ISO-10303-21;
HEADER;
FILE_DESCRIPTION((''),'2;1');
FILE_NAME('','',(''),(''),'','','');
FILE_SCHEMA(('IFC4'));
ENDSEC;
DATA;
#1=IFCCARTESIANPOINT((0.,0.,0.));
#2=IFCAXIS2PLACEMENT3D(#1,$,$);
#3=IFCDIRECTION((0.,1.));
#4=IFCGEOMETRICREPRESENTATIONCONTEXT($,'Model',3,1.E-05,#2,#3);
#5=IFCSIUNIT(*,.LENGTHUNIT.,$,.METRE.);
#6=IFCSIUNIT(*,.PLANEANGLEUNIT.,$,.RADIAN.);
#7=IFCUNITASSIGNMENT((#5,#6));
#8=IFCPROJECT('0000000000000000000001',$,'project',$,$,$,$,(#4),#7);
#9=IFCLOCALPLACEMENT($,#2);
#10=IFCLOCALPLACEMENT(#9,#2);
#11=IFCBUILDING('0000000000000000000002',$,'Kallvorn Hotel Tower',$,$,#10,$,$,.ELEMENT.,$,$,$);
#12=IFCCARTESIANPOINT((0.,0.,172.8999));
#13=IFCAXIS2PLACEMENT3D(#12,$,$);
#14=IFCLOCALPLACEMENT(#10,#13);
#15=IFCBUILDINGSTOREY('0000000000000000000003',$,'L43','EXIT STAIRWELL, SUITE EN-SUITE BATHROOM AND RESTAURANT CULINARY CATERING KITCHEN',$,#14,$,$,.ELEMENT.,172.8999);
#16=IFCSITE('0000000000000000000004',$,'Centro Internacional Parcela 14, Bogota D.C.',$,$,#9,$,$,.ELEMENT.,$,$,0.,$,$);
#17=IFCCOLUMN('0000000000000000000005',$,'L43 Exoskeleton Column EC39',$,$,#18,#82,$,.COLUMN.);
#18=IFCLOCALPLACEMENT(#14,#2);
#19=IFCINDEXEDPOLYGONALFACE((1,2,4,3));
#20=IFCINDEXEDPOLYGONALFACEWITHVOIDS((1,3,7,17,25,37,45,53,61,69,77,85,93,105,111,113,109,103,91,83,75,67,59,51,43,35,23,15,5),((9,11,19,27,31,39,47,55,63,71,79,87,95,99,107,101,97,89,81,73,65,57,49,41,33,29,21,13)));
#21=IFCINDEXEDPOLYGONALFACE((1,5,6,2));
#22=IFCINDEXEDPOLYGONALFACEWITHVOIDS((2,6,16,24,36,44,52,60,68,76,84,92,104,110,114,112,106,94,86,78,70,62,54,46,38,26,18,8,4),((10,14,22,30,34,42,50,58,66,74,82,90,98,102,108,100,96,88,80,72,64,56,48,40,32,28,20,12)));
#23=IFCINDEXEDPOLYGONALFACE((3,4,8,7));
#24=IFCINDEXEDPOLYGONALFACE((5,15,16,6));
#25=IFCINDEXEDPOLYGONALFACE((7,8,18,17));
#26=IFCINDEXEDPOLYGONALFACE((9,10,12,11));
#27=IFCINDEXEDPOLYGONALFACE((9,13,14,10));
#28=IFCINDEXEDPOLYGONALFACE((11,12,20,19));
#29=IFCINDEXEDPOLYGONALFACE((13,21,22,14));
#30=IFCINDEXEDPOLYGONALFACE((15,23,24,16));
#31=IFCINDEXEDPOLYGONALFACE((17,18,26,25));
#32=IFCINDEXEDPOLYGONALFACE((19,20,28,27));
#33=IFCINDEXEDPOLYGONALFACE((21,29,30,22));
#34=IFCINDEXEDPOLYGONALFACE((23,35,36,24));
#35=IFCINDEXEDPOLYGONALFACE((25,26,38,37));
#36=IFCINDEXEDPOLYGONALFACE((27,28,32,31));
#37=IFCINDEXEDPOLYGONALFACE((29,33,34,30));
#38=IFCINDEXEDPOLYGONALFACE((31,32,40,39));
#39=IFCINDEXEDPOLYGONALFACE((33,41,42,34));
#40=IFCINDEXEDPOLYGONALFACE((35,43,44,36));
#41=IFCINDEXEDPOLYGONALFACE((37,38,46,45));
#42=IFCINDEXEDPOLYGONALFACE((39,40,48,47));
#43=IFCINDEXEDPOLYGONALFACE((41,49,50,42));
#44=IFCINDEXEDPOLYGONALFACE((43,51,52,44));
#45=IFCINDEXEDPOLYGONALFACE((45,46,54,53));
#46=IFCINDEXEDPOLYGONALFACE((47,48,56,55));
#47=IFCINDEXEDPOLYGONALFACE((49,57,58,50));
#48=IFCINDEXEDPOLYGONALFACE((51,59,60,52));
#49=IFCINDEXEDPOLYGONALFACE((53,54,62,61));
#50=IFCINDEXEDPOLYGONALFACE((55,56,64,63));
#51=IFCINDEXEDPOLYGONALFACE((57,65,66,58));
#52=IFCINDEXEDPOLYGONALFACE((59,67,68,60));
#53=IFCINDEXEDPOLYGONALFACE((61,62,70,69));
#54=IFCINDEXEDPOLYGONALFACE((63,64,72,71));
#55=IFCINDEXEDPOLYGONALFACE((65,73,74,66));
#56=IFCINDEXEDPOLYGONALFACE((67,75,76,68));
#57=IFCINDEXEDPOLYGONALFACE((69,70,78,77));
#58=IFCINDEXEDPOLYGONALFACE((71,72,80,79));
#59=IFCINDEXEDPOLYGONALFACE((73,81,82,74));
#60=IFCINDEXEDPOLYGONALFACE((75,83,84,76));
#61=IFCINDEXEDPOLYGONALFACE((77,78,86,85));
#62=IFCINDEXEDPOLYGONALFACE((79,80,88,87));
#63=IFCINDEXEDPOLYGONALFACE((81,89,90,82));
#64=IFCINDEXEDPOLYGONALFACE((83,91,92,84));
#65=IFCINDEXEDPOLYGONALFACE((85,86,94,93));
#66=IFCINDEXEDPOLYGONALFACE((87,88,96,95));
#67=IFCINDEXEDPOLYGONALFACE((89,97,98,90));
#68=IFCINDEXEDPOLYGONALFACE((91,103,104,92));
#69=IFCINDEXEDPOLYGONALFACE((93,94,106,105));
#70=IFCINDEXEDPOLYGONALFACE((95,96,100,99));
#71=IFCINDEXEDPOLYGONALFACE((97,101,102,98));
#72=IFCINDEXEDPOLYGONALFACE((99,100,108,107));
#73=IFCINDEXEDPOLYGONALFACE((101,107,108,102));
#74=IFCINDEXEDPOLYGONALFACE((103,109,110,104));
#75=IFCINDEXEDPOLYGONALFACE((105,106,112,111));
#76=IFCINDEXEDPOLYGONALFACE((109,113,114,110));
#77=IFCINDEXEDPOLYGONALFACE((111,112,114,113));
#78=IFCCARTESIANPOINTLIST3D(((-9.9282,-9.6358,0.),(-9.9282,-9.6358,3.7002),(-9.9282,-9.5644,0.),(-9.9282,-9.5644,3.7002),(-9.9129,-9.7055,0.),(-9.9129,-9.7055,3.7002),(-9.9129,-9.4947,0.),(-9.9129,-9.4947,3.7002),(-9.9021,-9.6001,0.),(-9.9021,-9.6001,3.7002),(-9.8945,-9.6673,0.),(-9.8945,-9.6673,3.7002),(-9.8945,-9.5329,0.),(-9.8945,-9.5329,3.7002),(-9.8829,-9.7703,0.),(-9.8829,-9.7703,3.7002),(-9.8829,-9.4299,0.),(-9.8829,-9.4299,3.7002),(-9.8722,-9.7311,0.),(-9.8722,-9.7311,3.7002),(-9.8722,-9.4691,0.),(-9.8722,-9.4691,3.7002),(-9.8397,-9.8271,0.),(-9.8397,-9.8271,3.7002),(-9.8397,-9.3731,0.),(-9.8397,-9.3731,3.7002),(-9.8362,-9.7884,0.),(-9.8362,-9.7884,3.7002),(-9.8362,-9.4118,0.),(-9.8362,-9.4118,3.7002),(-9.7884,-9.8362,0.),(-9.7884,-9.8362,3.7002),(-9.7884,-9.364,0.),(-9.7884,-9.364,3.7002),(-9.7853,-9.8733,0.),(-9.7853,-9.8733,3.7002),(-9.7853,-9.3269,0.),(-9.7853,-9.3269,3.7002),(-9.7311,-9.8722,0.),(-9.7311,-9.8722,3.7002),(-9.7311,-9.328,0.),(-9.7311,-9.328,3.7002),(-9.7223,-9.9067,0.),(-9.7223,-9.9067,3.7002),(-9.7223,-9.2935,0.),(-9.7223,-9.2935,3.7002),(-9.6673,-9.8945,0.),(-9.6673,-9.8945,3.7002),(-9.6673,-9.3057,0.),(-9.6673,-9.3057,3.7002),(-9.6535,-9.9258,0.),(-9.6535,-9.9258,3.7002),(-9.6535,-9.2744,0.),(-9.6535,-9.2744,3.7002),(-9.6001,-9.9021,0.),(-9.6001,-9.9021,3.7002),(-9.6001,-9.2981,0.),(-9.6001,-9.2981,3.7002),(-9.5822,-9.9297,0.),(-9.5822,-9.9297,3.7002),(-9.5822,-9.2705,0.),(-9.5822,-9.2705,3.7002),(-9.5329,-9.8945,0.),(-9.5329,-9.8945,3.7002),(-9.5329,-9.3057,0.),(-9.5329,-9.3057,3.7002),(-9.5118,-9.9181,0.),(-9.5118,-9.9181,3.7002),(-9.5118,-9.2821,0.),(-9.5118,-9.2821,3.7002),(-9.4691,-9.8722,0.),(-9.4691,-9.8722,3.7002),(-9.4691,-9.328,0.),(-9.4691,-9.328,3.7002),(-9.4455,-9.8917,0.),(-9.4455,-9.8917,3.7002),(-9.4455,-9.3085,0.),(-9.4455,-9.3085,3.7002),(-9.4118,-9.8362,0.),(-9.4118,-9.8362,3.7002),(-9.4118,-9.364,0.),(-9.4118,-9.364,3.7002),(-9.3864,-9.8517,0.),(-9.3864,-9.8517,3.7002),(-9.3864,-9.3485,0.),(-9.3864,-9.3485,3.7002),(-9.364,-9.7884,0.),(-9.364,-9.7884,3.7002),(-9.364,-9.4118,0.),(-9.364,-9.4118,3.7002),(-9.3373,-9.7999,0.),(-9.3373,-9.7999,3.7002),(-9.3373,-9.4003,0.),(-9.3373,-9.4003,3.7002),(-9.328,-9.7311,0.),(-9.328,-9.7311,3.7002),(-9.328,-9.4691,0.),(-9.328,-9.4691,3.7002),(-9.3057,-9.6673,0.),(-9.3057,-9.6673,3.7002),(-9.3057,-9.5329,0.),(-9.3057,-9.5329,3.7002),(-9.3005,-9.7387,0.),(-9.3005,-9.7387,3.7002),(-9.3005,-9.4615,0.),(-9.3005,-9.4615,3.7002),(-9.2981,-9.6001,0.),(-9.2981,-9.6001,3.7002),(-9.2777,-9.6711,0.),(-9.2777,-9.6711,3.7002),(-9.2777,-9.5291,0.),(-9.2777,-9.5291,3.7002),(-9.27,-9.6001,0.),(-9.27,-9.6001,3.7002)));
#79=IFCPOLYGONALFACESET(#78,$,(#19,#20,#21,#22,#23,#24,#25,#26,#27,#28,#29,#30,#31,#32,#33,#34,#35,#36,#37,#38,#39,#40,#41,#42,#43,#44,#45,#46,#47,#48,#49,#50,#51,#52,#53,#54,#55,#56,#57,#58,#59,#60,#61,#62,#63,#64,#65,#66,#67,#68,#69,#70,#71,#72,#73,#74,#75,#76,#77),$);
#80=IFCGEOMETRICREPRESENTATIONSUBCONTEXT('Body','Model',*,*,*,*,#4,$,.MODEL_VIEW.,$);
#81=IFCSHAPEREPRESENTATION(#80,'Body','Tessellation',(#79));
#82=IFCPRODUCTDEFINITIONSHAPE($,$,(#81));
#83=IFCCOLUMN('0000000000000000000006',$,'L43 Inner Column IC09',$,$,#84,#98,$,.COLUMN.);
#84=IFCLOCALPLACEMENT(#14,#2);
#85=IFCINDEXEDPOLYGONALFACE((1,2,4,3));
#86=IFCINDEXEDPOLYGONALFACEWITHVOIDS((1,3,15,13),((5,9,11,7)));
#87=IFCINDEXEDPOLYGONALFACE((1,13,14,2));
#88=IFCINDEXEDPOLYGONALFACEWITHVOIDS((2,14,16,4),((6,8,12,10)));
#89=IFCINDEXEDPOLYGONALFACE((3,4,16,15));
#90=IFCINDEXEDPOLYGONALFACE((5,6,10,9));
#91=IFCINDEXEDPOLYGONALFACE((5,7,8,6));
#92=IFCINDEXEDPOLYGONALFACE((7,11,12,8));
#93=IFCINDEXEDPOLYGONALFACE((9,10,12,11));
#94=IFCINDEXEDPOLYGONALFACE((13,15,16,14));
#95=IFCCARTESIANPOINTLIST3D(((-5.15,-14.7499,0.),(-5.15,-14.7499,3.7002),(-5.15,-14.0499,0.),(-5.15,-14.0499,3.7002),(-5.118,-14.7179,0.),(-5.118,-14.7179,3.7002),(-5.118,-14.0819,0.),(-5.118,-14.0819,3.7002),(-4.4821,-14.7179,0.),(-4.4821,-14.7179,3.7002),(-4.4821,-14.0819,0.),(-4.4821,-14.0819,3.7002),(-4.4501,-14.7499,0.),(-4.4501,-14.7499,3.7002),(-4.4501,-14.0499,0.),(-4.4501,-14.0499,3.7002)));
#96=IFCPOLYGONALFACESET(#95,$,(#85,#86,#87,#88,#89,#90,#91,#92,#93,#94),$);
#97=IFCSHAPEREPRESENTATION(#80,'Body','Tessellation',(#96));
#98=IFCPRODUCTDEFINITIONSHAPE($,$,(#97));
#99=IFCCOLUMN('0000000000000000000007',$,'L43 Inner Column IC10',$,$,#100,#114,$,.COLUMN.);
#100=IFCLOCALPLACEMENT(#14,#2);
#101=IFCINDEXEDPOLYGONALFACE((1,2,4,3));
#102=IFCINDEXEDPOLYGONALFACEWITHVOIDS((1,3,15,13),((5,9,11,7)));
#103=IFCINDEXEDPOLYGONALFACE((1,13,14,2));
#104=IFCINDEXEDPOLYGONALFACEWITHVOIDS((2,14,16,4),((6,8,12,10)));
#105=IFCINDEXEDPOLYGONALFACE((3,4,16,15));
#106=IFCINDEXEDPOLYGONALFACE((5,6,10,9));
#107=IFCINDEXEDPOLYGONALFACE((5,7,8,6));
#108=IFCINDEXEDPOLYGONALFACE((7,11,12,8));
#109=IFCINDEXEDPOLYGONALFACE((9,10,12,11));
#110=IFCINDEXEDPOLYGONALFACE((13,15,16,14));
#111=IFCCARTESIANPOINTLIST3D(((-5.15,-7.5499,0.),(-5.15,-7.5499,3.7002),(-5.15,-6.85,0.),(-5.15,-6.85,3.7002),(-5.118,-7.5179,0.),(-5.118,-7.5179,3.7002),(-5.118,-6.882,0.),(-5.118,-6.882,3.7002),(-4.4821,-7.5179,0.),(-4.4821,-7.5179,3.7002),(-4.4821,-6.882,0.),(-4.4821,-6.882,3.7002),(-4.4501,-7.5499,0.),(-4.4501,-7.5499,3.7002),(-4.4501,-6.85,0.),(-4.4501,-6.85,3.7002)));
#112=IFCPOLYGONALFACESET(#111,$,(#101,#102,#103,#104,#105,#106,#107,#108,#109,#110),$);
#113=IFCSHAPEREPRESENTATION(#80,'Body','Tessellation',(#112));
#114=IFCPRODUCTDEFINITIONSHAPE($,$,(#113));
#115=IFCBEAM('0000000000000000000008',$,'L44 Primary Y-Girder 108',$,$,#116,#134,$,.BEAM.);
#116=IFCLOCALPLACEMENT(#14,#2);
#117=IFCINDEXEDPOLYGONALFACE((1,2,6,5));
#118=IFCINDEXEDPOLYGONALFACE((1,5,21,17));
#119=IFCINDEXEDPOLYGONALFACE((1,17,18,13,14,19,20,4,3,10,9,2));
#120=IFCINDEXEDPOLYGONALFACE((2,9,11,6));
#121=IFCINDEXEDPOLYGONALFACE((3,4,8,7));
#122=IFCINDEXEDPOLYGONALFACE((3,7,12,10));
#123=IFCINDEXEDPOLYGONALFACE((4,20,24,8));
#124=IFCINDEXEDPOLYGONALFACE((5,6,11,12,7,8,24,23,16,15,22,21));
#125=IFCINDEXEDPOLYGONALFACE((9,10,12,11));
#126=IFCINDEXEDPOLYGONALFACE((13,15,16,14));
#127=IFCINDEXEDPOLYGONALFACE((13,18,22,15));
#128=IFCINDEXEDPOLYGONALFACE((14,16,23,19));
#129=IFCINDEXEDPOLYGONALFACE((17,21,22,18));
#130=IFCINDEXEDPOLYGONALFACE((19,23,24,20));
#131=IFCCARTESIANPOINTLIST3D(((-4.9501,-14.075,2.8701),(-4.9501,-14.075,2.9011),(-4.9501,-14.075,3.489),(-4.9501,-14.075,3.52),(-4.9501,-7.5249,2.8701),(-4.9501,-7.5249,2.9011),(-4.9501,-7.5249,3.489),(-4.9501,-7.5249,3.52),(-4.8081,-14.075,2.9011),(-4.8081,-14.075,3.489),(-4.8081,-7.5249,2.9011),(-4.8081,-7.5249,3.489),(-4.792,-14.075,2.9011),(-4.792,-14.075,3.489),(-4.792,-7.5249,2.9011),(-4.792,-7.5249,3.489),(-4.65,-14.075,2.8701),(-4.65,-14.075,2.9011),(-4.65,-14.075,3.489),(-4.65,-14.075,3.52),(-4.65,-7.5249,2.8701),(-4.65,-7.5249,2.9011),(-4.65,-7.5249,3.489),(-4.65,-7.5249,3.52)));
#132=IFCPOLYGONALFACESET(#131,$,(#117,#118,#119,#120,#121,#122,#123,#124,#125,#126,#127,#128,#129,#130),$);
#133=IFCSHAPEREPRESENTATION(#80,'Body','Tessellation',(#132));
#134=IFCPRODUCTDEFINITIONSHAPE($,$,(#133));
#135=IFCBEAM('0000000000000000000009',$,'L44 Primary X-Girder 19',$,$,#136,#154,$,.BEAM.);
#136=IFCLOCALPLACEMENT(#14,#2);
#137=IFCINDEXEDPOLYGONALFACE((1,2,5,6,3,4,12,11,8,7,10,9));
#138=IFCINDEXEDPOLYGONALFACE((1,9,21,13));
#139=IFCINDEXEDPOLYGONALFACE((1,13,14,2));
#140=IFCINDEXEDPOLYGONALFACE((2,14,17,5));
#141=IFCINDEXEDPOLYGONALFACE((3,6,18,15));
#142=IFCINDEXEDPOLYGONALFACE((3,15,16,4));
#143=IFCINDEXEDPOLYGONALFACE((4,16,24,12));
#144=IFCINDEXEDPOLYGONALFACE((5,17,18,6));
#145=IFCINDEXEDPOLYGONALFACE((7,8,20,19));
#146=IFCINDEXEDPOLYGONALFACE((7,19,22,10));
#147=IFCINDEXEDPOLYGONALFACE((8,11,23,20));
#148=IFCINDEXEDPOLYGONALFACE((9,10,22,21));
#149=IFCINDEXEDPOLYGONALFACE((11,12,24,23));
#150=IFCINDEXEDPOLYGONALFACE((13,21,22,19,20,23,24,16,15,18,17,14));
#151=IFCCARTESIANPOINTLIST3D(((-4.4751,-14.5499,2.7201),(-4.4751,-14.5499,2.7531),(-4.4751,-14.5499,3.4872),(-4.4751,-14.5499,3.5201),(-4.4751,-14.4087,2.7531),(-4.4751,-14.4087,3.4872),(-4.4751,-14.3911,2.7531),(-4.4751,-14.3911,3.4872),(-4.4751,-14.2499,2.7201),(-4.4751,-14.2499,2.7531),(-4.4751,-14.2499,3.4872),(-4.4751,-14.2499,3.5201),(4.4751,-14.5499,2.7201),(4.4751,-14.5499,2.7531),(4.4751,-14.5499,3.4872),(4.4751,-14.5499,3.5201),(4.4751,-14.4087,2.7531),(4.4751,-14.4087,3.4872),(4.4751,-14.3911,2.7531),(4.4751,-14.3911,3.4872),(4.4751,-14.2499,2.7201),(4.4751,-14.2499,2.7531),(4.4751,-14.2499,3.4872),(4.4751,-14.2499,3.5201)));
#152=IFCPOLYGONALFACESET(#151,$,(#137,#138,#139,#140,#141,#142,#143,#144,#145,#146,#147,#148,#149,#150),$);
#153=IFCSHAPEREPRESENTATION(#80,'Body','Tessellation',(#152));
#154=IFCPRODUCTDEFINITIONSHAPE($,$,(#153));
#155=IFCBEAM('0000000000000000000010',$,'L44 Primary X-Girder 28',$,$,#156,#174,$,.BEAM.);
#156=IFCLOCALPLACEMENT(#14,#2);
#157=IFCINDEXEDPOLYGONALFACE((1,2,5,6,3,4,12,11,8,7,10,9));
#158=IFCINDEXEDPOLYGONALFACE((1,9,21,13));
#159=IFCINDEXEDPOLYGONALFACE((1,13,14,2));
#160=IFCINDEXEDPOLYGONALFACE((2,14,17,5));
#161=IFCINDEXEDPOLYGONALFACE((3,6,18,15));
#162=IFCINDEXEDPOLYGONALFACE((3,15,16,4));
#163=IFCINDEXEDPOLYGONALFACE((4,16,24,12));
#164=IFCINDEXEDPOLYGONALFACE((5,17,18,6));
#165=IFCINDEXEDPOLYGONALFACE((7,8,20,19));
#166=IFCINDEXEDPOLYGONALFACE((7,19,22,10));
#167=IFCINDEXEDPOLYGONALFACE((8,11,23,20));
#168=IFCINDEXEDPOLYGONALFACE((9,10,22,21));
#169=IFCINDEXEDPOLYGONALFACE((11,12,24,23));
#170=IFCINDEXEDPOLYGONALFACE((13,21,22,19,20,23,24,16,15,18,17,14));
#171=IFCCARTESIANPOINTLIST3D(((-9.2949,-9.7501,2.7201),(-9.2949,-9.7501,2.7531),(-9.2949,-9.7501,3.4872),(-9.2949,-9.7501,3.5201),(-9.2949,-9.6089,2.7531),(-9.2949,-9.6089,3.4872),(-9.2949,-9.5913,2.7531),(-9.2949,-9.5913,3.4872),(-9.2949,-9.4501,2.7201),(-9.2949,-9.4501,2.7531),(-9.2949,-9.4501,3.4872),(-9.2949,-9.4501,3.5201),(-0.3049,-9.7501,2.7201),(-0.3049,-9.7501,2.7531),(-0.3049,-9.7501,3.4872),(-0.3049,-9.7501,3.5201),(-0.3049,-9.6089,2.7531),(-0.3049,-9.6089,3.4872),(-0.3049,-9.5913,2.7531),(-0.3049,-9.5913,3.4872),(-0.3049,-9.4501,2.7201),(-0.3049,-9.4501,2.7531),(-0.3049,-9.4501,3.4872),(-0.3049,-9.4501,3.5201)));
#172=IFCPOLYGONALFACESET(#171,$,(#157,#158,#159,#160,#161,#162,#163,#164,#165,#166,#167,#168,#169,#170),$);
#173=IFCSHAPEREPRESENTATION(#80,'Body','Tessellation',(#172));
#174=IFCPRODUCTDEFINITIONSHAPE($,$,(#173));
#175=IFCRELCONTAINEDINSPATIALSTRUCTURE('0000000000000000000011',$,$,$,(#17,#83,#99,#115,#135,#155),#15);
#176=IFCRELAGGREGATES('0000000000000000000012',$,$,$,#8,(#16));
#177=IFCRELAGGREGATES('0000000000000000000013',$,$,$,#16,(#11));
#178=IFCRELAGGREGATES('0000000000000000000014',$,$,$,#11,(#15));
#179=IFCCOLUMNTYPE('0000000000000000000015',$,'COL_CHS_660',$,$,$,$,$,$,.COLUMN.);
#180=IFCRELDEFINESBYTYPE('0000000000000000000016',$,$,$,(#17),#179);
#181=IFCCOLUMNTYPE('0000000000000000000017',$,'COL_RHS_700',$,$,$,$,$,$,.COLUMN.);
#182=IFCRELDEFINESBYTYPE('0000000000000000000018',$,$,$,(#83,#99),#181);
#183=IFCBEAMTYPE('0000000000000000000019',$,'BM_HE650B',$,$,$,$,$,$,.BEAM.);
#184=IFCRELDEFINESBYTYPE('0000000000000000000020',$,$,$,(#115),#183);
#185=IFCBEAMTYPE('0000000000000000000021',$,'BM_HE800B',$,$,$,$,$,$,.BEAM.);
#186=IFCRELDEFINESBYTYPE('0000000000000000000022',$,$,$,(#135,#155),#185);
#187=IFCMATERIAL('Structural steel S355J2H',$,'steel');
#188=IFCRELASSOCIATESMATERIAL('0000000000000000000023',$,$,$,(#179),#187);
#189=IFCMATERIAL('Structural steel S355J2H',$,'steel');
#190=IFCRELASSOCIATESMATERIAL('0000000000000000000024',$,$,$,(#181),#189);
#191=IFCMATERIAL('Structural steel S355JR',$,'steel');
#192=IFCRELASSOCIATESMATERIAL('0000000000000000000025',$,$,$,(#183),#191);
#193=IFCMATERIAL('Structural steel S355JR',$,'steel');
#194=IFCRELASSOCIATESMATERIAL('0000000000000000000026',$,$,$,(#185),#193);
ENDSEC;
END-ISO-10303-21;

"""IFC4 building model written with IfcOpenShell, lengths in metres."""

from ifc_helpers import new_model, si_unit, direction, frame, origin, origin_2d, place, context, subcontext, project, spatial, hollow_rectangle, hollow_circle, i_section, extrude, material, material_profile, profile_set, type_object, element, save


model = new_model("IFC4")

# Units and contexts
model_context = context("Model", 3, precision=1e-05, world=origin(), true_north=direction((0.0, 1.0)))
body_context = subcontext(model_context, "Body", "Model", "MODEL_VIEW")
ifc_project = project(units=[si_unit("LENGTHUNIT", "METRE"), si_unit("PLANEANGLEUNIT", "RADIAN")], contexts=[model_context])

# Site, building, storey
site_placement = place(None, origin())
site = spatial("IfcSite", under=ifc_project, at=site_placement, Name="Centro Internacional Parcela 14, Bogota D.C.", CompositionType="ELEMENT", RefElevation=0.0)
building_placement = place(site_placement, origin())
building = spatial("IfcBuilding", under=site, at=building_placement, Name="Kallvorn Hotel Tower", CompositionType="ELEMENT")
storey_placement = place(building_placement, frame((0.0, 0.0, 172.8999)))
storey = spatial("IfcBuildingStorey", under=building, at=storey_placement, Name="L43", Description="EXIT STAIRWELL, SUITE EN-SUITE BATHROOM AND RESTAURANT CULINARY CATERING KITCHEN", CompositionType="ELEMENT", Elevation=172.8999)

# Columns
ifc_material_1 = material(Name="Structural steel S355J2H", Category="steel")
ifc_material_profile_1 = material_profile(ifc_material_1, hollow_circle(Radius=0.3301, WallThickness=0.0281, at=origin_2d()), Name="CHS 660x28")
ifc_profile_set_1 = profile_set([ifc_material_profile_1], Name="Structural steel S355J2H")
column_type_1 = type_object("IfcColumnType", Name="COL_CHS_660", PredefinedType="COLUMN", material=ifc_profile_set_1)
column_placement = place(storey_placement, frame((-9.6001, -9.6001, 0.0), z_axis=(0.0, 0.0, 1.0), x_axis=(1.0, 0.0, 0.0)))
element("IfcColumn", 1, at=column_placement, inside=storey, type_object=column_type_1, Name="L43 Exoskeleton Column EC39", PredefinedType="COLUMN", context=body_context, shape_type="SweptSolid", body=[
    extrude(hollow_circle(Radius=0.3301, WallThickness=0.0281, at=origin_2d()), origin(), (0.0, 0.0, 1.0), 3.7002),
])
ifc_material_2 = material(Name="Structural steel S355J2H", Category="steel")
ifc_material_profile_2 = material_profile(ifc_material_2, hollow_rectangle(XDim=0.7, YDim=0.7, WallThickness=0.032, at=origin_2d()), Name="RHS 700x700x32")
ifc_profile_set_2 = profile_set([ifc_material_profile_2], Name="Structural steel S355J2H")
column_type_2 = type_object("IfcColumnType", Name="COL_RHS_700", PredefinedType="COLUMN", material=ifc_profile_set_2)
for number, where, z_axis, x_axis, name in (
    (2, (-4.8, -14.3999, 0.0), (0.0, 0.0, 1.0), (1.0, 0.0, 0.0), "L43 Inner Column IC09"),
    (3, (-4.8, -7.2, 0.0), (0.0, 0.0, 1.0), (1.0, 0.0, 0.0), "L43 Inner Column IC10"),
):
    element("IfcColumn", number, at=place(storey_placement, frame(where, z_axis=z_axis, x_axis=x_axis)), inside=storey, type_object=column_type_2, Name=name, PredefinedType="COLUMN", context=body_context, shape_type="SweptSolid", body=[
        extrude(hollow_rectangle(XDim=0.7, YDim=0.7, WallThickness=0.032, at=origin_2d()), origin(), (0.0, 0.0, 1.0), 3.7002),
    ])

# Beams
ifc_material_3 = material(Name="Structural steel S355JR", Category="steel")
ifc_material_profile_3 = material_profile(ifc_material_3, i_section(OverallWidth=0.3, OverallDepth=0.6499, WebThickness=0.0161, FlangeThickness=0.031, at=origin_2d()), Name="HE 650 B")
ifc_profile_set_3 = profile_set([ifc_material_profile_3], Name="Structural steel S355JR")
beam_type_1 = type_object("IfcBeamType", Name="BM_HE650B", PredefinedType="BEAM", material=ifc_profile_set_3)
beam_1_placement = place(storey_placement, frame((-4.8, -14.075, 3.1951), z_axis=(0.0, 1.0, 0.0), x_axis=(-1.0, 0.0, 0.0)))
element("IfcBeam", 4, at=beam_1_placement, inside=storey, type_object=beam_type_1, Name="L44 Primary Y-Girder 108", PredefinedType="BEAM", context=body_context, shape_type="SweptSolid", body=[
    extrude(i_section(OverallWidth=0.3, OverallDepth=0.6499, WebThickness=0.0161, FlangeThickness=0.031, at=origin_2d()), origin(), (0.0, 0.0, 1.0), 6.55),
])
ifc_material_4 = material(Name="Structural steel S355JR", Category="steel")
ifc_material_profile_4 = material_profile(ifc_material_4, i_section(OverallWidth=0.3, OverallDepth=0.8, WebThickness=0.0176, FlangeThickness=0.033, at=origin_2d()), Name="HE 800 B")
ifc_profile_set_4 = profile_set([ifc_material_profile_4], Name="Structural steel S355JR")
beam_type_2 = type_object("IfcBeamType", Name="BM_HE800B", PredefinedType="BEAM", material=ifc_profile_set_4)
beam_2_placement = place(storey_placement, frame((-4.4751, -14.3999, 3.1201), z_axis=(1.0, 0.0, 0.0), x_axis=(0.0, 1.0, 0.0)))
element("IfcBeam", 5, at=beam_2_placement, inside=storey, type_object=beam_type_2, Name="L44 Primary X-Girder 19", PredefinedType="BEAM", context=body_context, shape_type="SweptSolid", body=[
    extrude(i_section(OverallWidth=0.3, OverallDepth=0.8, WebThickness=0.0176, FlangeThickness=0.033, at=origin_2d()), origin(), (0.0, 0.0, 1.0), 8.9502),
])
beam_3_placement = place(storey_placement, frame((-9.2949, -9.6001, 3.1201), z_axis=(1.0, 0.0, 0.0), x_axis=(0.0, 1.0, 0.0)))
element("IfcBeam", 6, at=beam_3_placement, inside=storey, type_object=beam_type_2, Name="L44 Primary X-Girder 28", PredefinedType="BEAM", context=body_context, shape_type="SweptSolid", body=[
    extrude(i_section(OverallWidth=0.3, OverallDepth=0.8, WebThickness=0.0176, FlangeThickness=0.033, at=origin_2d()), origin(), (0.0, 0.0, 1.0), 8.99),
])

save(model, "model.ifc")
